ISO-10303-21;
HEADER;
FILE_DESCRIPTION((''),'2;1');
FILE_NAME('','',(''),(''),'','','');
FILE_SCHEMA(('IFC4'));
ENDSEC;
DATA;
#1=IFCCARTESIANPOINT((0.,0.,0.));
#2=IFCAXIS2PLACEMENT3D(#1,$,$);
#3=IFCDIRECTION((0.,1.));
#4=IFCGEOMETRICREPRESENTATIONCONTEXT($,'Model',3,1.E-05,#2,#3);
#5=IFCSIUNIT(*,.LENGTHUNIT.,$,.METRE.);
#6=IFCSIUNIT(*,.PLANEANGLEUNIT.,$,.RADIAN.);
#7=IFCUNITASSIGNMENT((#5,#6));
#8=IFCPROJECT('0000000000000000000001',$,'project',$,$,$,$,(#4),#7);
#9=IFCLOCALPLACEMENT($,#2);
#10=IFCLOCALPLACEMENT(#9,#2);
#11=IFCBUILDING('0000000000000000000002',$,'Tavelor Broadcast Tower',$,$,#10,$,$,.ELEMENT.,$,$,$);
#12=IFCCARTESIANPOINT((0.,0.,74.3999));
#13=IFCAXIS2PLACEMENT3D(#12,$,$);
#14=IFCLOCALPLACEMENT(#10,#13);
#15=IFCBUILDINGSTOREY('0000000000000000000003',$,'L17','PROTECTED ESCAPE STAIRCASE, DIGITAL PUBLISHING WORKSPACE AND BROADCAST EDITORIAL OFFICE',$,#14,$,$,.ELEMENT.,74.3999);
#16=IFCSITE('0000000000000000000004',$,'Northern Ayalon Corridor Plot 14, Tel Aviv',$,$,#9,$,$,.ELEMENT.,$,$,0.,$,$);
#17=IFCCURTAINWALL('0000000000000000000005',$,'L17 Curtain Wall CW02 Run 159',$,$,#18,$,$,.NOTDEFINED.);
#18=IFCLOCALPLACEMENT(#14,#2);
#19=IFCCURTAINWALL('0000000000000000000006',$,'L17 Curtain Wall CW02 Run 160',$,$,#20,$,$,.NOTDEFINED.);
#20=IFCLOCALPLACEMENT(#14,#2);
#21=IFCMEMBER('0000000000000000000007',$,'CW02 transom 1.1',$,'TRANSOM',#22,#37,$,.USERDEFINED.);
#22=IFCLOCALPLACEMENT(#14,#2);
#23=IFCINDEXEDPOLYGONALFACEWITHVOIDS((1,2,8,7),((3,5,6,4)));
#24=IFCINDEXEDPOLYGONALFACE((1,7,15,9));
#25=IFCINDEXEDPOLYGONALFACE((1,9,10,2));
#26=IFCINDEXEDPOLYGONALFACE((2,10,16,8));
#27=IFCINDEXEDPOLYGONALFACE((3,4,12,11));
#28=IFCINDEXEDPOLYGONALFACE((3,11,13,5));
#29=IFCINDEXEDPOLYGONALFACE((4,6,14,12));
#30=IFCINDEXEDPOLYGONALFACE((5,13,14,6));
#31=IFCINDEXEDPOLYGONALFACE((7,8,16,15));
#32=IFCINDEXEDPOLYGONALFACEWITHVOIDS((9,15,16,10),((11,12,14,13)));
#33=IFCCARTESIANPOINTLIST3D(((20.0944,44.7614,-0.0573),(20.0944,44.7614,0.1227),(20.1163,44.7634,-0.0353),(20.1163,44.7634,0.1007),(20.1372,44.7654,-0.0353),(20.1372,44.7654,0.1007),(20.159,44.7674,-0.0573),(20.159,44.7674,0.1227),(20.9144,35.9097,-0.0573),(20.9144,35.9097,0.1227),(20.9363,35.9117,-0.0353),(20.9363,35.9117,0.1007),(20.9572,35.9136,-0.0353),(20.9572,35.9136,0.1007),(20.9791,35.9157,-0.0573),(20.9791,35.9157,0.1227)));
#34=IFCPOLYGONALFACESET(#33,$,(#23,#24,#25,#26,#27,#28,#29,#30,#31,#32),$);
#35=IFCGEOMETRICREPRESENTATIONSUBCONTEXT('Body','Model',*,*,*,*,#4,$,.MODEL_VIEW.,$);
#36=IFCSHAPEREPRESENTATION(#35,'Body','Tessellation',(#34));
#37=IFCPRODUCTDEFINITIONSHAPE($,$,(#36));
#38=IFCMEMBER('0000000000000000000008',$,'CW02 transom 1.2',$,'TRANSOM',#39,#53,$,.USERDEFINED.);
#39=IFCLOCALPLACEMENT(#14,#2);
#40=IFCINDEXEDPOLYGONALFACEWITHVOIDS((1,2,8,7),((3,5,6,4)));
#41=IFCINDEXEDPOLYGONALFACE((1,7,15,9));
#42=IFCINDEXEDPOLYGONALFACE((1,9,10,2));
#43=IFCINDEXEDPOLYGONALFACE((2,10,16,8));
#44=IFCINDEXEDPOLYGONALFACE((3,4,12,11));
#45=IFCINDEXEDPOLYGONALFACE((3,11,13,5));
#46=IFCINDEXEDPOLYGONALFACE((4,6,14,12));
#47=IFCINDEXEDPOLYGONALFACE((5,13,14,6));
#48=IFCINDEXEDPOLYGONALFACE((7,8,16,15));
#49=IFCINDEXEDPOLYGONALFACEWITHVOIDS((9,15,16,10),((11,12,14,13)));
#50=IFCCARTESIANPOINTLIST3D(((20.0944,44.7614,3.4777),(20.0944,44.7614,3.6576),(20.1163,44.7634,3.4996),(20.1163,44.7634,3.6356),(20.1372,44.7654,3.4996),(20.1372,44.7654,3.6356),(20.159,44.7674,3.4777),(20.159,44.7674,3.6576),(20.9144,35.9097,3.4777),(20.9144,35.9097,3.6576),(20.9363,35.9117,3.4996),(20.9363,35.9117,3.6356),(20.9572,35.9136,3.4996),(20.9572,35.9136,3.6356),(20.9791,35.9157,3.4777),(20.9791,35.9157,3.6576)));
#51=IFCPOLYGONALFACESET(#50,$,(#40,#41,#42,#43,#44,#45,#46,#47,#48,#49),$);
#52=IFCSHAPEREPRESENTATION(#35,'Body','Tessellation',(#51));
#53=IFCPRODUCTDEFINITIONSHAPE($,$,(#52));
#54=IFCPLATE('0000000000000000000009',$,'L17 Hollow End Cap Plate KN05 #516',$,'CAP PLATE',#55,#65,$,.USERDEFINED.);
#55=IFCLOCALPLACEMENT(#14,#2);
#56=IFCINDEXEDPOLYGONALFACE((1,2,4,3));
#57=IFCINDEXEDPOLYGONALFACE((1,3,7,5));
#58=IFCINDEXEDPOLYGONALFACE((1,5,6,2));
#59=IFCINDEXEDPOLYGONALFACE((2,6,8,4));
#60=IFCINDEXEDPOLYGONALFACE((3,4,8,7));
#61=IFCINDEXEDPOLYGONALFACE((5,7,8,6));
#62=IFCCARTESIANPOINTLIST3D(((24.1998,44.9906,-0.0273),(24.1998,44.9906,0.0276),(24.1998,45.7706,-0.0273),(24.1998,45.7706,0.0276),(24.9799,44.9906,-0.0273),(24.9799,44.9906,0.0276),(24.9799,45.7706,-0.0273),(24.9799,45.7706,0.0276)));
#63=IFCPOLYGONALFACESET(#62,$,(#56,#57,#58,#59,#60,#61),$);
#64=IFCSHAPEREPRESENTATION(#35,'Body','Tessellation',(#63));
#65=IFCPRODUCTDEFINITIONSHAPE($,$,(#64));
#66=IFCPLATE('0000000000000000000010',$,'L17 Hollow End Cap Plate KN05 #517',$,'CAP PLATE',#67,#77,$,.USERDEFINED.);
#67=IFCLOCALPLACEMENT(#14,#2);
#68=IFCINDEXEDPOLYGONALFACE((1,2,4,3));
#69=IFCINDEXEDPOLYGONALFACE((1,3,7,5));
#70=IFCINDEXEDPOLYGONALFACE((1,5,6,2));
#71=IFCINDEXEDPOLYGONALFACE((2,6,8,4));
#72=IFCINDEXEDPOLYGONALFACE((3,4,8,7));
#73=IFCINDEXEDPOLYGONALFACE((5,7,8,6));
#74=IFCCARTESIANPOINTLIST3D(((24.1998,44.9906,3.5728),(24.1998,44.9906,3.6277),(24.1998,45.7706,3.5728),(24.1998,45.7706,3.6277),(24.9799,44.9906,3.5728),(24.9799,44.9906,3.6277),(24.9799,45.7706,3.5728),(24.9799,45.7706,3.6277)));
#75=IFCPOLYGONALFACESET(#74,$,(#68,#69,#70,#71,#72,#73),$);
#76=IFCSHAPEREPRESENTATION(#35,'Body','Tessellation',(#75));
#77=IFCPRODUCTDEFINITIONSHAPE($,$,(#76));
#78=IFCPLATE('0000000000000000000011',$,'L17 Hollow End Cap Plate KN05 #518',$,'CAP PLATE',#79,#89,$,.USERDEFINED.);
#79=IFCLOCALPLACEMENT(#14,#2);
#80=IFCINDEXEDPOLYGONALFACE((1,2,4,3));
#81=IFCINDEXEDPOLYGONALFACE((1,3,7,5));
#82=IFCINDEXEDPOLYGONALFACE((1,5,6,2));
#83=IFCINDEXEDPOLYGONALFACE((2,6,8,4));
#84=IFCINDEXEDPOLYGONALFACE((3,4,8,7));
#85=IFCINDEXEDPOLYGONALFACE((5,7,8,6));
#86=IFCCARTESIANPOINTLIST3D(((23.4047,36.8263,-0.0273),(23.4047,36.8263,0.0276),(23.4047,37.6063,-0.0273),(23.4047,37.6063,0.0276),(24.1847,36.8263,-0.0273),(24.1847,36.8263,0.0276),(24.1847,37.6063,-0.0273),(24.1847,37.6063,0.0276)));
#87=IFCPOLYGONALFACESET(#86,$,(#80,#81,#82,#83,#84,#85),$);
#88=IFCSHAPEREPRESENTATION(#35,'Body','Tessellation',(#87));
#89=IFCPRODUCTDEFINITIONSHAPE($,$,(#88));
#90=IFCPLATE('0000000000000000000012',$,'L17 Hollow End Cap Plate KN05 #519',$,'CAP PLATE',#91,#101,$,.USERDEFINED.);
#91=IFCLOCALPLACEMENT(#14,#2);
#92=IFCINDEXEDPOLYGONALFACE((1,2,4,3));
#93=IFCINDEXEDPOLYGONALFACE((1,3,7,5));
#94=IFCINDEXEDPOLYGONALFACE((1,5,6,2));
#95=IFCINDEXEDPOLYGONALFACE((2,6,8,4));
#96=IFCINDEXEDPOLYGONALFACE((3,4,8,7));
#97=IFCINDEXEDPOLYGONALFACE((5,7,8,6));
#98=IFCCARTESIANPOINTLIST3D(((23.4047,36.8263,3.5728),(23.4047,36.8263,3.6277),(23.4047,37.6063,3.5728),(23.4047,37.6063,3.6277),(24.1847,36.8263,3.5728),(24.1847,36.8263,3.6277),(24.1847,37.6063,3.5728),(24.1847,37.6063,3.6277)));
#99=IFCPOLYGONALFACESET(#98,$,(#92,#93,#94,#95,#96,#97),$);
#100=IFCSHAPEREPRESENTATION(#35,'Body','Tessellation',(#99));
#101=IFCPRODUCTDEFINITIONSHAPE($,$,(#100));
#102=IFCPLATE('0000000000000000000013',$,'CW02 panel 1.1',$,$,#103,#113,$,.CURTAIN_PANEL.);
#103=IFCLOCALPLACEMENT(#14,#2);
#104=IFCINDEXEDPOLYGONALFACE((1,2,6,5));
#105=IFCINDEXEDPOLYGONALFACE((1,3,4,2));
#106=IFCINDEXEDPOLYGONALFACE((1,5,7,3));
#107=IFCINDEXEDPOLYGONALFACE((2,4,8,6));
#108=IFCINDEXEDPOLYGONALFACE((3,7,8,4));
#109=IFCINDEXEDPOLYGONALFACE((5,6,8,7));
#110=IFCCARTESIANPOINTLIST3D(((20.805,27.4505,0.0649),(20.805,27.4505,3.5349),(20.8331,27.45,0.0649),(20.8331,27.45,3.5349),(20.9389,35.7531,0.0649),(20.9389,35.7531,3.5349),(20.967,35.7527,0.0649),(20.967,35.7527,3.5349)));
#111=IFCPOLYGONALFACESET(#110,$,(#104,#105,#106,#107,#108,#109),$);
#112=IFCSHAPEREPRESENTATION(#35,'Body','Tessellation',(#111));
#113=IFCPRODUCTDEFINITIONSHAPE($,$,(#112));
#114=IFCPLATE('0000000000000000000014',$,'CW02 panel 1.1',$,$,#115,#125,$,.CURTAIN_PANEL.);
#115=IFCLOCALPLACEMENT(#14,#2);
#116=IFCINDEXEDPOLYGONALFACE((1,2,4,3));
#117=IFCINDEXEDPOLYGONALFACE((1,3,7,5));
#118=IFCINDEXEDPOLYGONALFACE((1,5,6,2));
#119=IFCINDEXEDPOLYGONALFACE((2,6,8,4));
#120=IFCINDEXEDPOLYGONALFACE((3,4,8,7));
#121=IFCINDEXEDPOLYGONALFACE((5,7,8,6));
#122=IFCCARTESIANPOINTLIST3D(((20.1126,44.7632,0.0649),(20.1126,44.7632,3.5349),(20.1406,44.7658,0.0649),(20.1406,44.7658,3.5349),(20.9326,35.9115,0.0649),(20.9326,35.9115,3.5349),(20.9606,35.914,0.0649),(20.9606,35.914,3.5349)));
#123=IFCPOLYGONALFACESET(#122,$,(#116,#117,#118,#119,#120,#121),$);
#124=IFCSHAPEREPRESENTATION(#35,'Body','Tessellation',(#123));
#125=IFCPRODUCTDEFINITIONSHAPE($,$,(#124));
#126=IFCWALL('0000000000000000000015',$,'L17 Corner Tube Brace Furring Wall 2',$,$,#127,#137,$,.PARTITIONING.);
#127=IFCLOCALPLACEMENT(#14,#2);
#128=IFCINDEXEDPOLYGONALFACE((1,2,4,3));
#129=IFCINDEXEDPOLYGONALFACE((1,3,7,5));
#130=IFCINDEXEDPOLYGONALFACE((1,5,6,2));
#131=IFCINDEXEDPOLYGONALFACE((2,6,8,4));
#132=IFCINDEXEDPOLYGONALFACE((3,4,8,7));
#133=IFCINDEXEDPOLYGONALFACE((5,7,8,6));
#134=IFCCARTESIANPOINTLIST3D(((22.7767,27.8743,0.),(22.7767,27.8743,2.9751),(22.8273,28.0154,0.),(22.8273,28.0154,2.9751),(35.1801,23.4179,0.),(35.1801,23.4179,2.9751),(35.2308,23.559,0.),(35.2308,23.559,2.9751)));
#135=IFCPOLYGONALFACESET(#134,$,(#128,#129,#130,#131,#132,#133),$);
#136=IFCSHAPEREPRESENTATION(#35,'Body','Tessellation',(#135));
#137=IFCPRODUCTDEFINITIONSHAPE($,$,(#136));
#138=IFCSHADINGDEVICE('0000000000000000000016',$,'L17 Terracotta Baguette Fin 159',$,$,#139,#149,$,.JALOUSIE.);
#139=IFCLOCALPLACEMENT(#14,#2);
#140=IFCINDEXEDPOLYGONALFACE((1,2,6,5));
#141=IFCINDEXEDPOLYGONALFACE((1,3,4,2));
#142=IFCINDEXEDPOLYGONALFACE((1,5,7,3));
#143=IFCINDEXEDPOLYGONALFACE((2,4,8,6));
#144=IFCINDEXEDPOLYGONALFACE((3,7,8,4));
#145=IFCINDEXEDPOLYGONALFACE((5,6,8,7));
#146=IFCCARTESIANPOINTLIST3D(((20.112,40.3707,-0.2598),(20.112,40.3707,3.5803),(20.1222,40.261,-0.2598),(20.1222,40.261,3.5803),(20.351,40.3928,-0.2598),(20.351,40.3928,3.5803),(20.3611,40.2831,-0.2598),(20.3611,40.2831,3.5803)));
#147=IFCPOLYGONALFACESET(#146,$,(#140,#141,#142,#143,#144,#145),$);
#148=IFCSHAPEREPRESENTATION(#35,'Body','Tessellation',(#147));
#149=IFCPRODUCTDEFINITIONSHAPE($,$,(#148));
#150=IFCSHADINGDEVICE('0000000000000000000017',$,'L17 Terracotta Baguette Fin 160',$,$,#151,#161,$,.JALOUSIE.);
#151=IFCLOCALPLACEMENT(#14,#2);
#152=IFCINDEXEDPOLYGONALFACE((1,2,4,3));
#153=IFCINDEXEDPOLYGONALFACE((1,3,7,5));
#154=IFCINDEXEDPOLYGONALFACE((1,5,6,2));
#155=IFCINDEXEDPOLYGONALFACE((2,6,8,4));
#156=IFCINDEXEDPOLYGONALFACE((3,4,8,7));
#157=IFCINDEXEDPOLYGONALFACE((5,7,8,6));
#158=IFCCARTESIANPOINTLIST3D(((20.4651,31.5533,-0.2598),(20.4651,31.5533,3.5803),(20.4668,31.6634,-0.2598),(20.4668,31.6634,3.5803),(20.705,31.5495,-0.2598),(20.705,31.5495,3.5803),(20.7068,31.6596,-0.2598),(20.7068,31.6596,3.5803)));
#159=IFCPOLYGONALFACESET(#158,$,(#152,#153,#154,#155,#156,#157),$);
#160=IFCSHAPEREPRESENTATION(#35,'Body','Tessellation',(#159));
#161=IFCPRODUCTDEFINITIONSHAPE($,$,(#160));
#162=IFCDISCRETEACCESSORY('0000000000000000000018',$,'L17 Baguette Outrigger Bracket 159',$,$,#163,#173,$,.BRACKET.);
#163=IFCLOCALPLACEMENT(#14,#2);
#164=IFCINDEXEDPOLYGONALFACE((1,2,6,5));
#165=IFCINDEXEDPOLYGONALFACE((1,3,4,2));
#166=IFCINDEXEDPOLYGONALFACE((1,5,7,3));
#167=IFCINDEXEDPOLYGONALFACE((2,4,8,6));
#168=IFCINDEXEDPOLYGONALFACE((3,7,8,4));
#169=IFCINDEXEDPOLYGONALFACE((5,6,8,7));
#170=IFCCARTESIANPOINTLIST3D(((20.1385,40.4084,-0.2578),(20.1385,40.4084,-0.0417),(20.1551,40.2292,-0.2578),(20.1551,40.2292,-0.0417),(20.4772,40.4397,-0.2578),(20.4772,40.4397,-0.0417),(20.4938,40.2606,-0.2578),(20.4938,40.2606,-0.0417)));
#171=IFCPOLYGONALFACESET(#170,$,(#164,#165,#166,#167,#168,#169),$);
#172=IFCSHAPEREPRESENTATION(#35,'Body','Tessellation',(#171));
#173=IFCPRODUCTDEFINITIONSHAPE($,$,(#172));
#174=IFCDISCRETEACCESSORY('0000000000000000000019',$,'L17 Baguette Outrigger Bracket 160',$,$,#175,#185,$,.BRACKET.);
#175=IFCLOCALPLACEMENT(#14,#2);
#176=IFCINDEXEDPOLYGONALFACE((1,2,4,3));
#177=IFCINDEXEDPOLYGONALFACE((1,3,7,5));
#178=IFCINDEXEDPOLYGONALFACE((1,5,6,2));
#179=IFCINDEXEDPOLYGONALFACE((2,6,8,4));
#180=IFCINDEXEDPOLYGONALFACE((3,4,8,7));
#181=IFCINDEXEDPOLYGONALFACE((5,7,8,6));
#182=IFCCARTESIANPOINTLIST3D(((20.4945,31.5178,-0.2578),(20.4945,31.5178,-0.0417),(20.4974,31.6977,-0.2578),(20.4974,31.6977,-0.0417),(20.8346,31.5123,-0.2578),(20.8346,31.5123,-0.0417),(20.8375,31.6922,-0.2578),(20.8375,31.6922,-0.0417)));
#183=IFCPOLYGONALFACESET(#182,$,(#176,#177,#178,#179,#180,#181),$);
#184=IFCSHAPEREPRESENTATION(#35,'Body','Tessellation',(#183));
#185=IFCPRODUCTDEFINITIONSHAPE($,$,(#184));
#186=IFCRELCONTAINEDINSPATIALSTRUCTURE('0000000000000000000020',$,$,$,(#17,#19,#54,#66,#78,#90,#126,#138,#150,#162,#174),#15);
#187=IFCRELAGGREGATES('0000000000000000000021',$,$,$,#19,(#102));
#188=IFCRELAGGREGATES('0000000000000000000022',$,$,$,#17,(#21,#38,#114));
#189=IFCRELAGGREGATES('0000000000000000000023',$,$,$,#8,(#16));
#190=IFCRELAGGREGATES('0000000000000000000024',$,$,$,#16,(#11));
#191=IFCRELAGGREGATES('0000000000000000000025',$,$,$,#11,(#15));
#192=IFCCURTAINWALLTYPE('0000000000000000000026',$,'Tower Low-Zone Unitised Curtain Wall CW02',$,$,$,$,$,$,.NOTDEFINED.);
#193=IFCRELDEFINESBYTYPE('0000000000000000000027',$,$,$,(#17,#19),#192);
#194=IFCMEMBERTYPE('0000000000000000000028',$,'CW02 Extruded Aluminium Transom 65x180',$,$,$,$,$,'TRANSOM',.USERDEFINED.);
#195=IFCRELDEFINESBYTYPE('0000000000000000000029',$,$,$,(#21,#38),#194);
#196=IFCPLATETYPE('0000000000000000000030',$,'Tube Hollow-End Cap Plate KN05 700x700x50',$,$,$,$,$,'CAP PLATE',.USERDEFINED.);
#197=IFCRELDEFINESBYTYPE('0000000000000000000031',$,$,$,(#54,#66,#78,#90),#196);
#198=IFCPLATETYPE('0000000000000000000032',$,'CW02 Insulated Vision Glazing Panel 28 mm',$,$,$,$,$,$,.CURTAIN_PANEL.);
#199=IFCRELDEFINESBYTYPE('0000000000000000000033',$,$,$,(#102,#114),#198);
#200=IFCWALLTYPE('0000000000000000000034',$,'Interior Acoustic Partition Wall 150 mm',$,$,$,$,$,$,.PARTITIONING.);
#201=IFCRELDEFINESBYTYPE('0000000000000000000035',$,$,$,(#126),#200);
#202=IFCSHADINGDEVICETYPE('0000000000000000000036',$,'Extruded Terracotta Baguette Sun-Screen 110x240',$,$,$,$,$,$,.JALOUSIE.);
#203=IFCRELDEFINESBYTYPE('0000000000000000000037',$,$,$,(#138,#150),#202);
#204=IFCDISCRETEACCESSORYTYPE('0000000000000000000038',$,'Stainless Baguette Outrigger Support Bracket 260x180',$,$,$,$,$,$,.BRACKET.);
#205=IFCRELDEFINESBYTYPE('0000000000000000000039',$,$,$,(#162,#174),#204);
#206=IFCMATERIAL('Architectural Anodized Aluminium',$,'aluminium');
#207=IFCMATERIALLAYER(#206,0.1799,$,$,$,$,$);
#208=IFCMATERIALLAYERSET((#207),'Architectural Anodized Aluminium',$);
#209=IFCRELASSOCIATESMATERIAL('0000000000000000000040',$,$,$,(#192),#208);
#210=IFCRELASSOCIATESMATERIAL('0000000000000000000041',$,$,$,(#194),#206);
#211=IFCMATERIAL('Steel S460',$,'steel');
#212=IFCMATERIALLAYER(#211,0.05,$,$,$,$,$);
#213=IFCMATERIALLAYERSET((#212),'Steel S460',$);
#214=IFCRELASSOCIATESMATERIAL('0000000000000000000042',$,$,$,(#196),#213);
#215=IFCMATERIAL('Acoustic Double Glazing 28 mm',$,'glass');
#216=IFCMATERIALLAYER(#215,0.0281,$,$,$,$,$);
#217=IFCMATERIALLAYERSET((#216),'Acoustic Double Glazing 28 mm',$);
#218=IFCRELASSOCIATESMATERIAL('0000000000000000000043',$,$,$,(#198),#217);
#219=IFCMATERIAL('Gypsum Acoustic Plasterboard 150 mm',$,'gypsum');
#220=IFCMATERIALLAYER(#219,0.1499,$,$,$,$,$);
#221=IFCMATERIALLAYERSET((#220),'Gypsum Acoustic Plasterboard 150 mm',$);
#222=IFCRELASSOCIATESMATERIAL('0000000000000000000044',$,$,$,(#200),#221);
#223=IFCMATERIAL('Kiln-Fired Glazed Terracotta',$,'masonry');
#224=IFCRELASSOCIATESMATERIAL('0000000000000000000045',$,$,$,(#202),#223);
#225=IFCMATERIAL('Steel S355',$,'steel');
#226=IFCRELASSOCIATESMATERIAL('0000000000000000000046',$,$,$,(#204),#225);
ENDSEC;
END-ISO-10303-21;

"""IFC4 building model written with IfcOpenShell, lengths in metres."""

from ifc_helpers import new_model, si_unit, direction, frame, frame_2d, origin, origin_2d, place, context, subcontext, project, spatial, rectangle, hollow_rectangle, extrude, source, transform, mapped, material, layer, layer_set, material_profile, profile_set, type_object, type_shapes, element, aggregate, save


model = new_model("IFC4")

# Units and contexts
model_context = context("Model", 3, precision=1e-05, world=origin(), true_north=direction((0.0, 1.0)))
body_context = subcontext(model_context, "Body", "Model", "MODEL_VIEW")
ifc_project = project(units=[si_unit("LENGTHUNIT", "METRE"), si_unit("PLANEANGLEUNIT", "RADIAN")], contexts=[model_context])

# Site, building, storey
site_placement = place(None, origin())
site = spatial("IfcSite", under=ifc_project, at=site_placement, Name="Northern Ayalon Corridor Plot 14, Tel Aviv", CompositionType="ELEMENT", RefElevation=0.0)
building_placement = place(site_placement, origin())
building = spatial("IfcBuilding", under=site, at=building_placement, Name="Tavelor Broadcast Tower", CompositionType="ELEMENT")
storey_placement = place(building_placement, frame((0.0, 0.0, 74.3999)))
storey = spatial("IfcBuildingStorey", under=building, at=storey_placement, Name="L17", Description="PROTECTED ESCAPE STAIRCASE, DIGITAL PUBLISHING WORKSPACE AND BROADCAST EDITORIAL OFFICE", CompositionType="ELEMENT", Elevation=74.3999)

# Shared definitions
ifc_material_1 = material(Name="Steel S460", Category="steel")

# Shared definitions
ifc_material_2 = material(Name="Steel S355", Category="steel")

# Shared definitions
ifc_material_3 = material(Name="Architectural Anodized Aluminium", Category="aluminium")
ifc_layer_1 = layer(ifc_material_3, 0.1799)
ifc_layer_set_1 = layer_set([ifc_layer_1], Name="Architectural Anodized Aluminium")
curtain_wall_type = type_object("IfcCurtainWallType", Name="Tower Low-Zone Unitised Curtain Wall CW02", PredefinedType="NOTDEFINED", material=ifc_layer_set_1)

# Curtain walls
curtain_wall_1_placement = place(storey_placement, origin())
curtain_wall_1 = element("IfcCurtainWall", 1, at=curtain_wall_1_placement, inside=storey, type_object=curtain_wall_type, Name="L17 Curtain Wall CW02 Run 159", PredefinedType="NOTDEFINED")
curtain_wall_2_placement = place(storey_placement, origin())
curtain_wall_2 = element("IfcCurtainWall", 2, at=curtain_wall_2_placement, inside=storey, type_object=curtain_wall_type, Name="L17 Curtain Wall CW02 Run 160", PredefinedType="NOTDEFINED")
ifc_material_profile_1 = material_profile(ifc_material_3, hollow_rectangle(XDim=0.0649, YDim=0.1799, WallThickness=0.022, at=origin_2d()), Name="RHS 65x180x22")
ifc_profile_set_1 = profile_set([ifc_material_profile_1], Name="Architectural Anodized Aluminium")
member_type_1 = type_object("IfcMemberType", Name="CW02 Extruded Aluminium Transom 65x180", ElementType="TRANSOM", PredefinedType="USERDEFINED", material=ifc_profile_set_1)

# Members
shared_shape_1 = source(origin(), body_context, "Body", "SweptSolid", [
    extrude(hollow_rectangle(XDim=0.0649, YDim=0.1799, WallThickness=0.022, at=origin_2d()), origin(), (0.0, 0.0, 1.0), 8.8896),
])
member_1_placement = place(storey_placement, frame((20.1267, 44.7644, 0.0327), z_axis=(0.092249, -0.995736, 0.0), x_axis=(0.995736, 0.092249, 0.0)))
member_1 = element("IfcMember", 3, at=member_1_placement, type_object=member_type_1, Name="CW02 transom 1.1", ObjectType="TRANSOM", PredefinedType="USERDEFINED", context=body_context, shape_type="MappedRepresentation", body=[
    mapped(shared_shape_1, transform((0.0, 0.0, 0.0), scale=1.0)),
])
member_2_placement = place(storey_placement, frame((20.1267, 44.7644, 3.5676), z_axis=(0.092249, -0.995736, 0.0), x_axis=(0.995736, 0.092249, 0.0)))
member_2 = element("IfcMember", 4, at=member_2_placement, type_object=member_type_1, Name="CW02 transom 1.2", ObjectType="TRANSOM", PredefinedType="USERDEFINED", context=body_context, shape_type="MappedRepresentation", body=[
    mapped(shared_shape_1, transform((0.0, 0.0, 0.0), scale=1.0)),
])

# Plates
ifc_layer_2 = layer(ifc_material_1, 0.05)
ifc_layer_set_2 = layer_set([ifc_layer_2], Name="Steel S460")
plate_type_1 = type_object("IfcPlateType", Name="Tube Hollow-End Cap Plate KN05 700x700x50", ElementType="CAP PLATE", PredefinedType="USERDEFINED", material=ifc_layer_set_2)
shared_shape_2 = source(origin(), body_context, "Body", "SweptSolid", [
    extrude(rectangle(XDim=0.78, YDim=0.78, at=origin_2d()), origin(), (0.0, 0.0, 1.0), 0.0549),
])
type_shapes(plate_type_1, [shared_shape_2])
for number, where, z_axis, x_axis, name in (
    (5, (24.5898, 45.3806, -0.0273), (0.0, 0.0, 1.0), (1.0, 0.0, 0.0), "L17 Hollow End Cap Plate KN05 #516"),
    (6, (24.5898, 45.3806, 3.5728), (0.0, 0.0, 1.0), (1.0, 0.0, 0.0), "L17 Hollow End Cap Plate KN05 #517"),
    (7, (23.7947, 37.2163, -0.0273), (0.0, 0.0, 1.0), (1.0, 0.0, 0.0), "L17 Hollow End Cap Plate KN05 #518"),
    (8, (23.7947, 37.2163, 3.5728), (0.0, 0.0, 1.0), (1.0, 0.0, 0.0), "L17 Hollow End Cap Plate KN05 #519"),
):
    element("IfcPlate", number, at=place(storey_placement, frame(where, z_axis=z_axis, x_axis=x_axis)), inside=storey, type_object=plate_type_1, Name=name, ObjectType="CAP PLATE", PredefinedType="USERDEFINED", context=body_context, shape_type="MappedRepresentation", body=[
        mapped(shared_shape_2, transform((0.0, 0.0, 0.0), scale=1.0)),
    ])

# Plates
ifc_material_4 = material(Name="Acoustic Double Glazing 28 mm", Category="glass")
ifc_layer_3 = layer(ifc_material_4, 0.0281)
ifc_layer_set_3 = layer_set([ifc_layer_3], Name="Acoustic Double Glazing 28 mm")
plate_type_2 = type_object("IfcPlateType", Name="CW02 Insulated Vision Glazing Panel 28 mm", PredefinedType="CURTAIN_PANEL", material=ifc_layer_set_3)
shared_shape_3 = source(origin(), body_context, "Body", "SweptSolid", [
    extrude(rectangle(XDim=8.3037, YDim=0.0281, at=origin_2d()), origin(), (0.0, 0.0, 1.0), 3.47),
])
plate_1_placement = place(storey_placement, frame((20.886, 31.6016, 0.0649), z_axis=(0.0, 0.0, 1.0), x_axis=(-0.016126, -0.99987, 0.0)))
plate_1 = element("IfcPlate", 9, at=plate_1_placement, type_object=plate_type_2, Name="CW02 panel 1.1", PredefinedType="CURTAIN_PANEL", context=body_context, shape_type="MappedRepresentation", body=[
    mapped(shared_shape_3, transform((0.0, 0.0, 0.0), scale=1.0)),
])
aggregate(curtain_wall_2, [plate_1])
shared_shape_4 = source(origin(), body_context, "Body", "SweptSolid", [
    extrude(rectangle(XDim=8.8896, YDim=0.0281, at=origin_2d()), origin(), (0.0, 0.0, 1.0), 3.47),
])
type_shapes(plate_type_2, [shared_shape_3, shared_shape_4])
plate_2_placement = place(storey_placement, frame((20.5366, 40.3386, 0.0649), z_axis=(0.0, 0.0, 1.0), x_axis=(0.092242, -0.995737, 0.0)))
plate_2 = element("IfcPlate", 10, at=plate_2_placement, type_object=plate_type_2, Name="CW02 panel 1.1", PredefinedType="CURTAIN_PANEL", context=body_context, shape_type="MappedRepresentation", body=[
    mapped(shared_shape_4, transform((0.0, 0.0, 0.0), scale=1.0)),
])
aggregate(curtain_wall_1, [member_1, member_2, plate_2])

# Wall
ifc_material_5 = material(Name="Gypsum Acoustic Plasterboard 150 mm", Category="gypsum")
ifc_layer_4 = layer(ifc_material_5, 0.1499)
ifc_layer_set_4 = layer_set([ifc_layer_4], Name="Gypsum Acoustic Plasterboard 150 mm")
wall_type = type_object("IfcWallType", Name="Interior Acoustic Partition Wall 150 mm", PredefinedType="PARTITIONING", material=ifc_layer_set_4)
wall_placement = place(storey_placement, frame((22.802, 27.9448, 0.0), z_axis=(0.0, 0.0, 1.0), x_axis=(0.941102, -0.338122, 0.0)))
element("IfcWall", 11, at=wall_placement, inside=storey, type_object=wall_type, Name="L17 Corner Tube Brace Furring Wall 2", PredefinedType="PARTITIONING", context=body_context, shape_type="SweptSolid", body=[
    extrude(rectangle(XDim=13.1797, YDim=0.1499, at=frame_2d((6.5898, 0.0))), origin(), (0.0, 0.0, 1.0), 2.9751),
])

# Shading devices
ifc_material_6 = material(Name="Kiln-Fired Glazed Terracotta", Category="masonry")
shading_device_type = type_object("IfcShadingDeviceType", Name="Extruded Terracotta Baguette Sun-Screen 110x240", PredefinedType="JALOUSIE", material=ifc_material_6)
shared_shape_5 = source(origin(), body_context, "Body", "SweptSolid", [
    extrude(rectangle(XDim=0.1101, YDim=0.24, at=origin_2d()), origin(), (0.0, 0.0, 1.0), 3.8401),
])
type_shapes(shading_device_type, [shared_shape_5])
for number, where, z_axis, x_axis, name in (
    (12, (20.2366, 40.3269, -0.2598), (0.0, 0.0, 1.0), (0.092197, -0.995741, 0.0), "L17 Terracotta Baguette Fin 159"),
    (13, (20.5859, 31.6064, -0.2598), (0.0, 0.0, 1.0), (-0.016056, -0.999871, 0.0), "L17 Terracotta Baguette Fin 160"),
):
    element("IfcShadingDevice", number, at=place(storey_placement, frame(where, z_axis=z_axis, x_axis=x_axis)), inside=storey, type_object=shading_device_type, Name=name, PredefinedType="JALOUSIE", context=body_context, shape_type="MappedRepresentation", body=[
        mapped(shared_shape_5, transform((0.0, 0.0, 0.0), scale=1.0)),
    ])

# Discrete accessories
discrete_accessory_type = type_object("IfcDiscreteAccessoryType", Name="Stainless Baguette Outrigger Support Bracket 260x180", PredefinedType="BRACKET", material=ifc_material_2)
shared_shape_6 = source(origin(), body_context, "Body", "SweptSolid", [
    extrude(rectangle(XDim=0.1799, YDim=0.3401, at=origin_2d()), origin(), (0.0, 0.0, 1.0), 0.2161),
])
type_shapes(discrete_accessory_type, [shared_shape_6])
for number, where, z_axis, x_axis, name in (
    (14, (20.3162, 40.3345, -0.2578), (0.0, 0.0, 1.0), (0.092197, -0.995741, 0.0), "L17 Baguette Outrigger Bracket 159"),
    (15, (20.666, 31.605, -0.2578), (0.0, 0.0, 1.0), (-0.016056, -0.999871, 0.0), "L17 Baguette Outrigger Bracket 160"),
):
    element("IfcDiscreteAccessory", number, at=place(storey_placement, frame(where, z_axis=z_axis, x_axis=x_axis)), inside=storey, type_object=discrete_accessory_type, Name=name, PredefinedType="BRACKET", context=body_context, shape_type="MappedRepresentation", body=[
        mapped(shared_shape_6, transform((0.0, 0.0, 0.0), scale=1.0)),
    ])

save(model, "model.ifc")
